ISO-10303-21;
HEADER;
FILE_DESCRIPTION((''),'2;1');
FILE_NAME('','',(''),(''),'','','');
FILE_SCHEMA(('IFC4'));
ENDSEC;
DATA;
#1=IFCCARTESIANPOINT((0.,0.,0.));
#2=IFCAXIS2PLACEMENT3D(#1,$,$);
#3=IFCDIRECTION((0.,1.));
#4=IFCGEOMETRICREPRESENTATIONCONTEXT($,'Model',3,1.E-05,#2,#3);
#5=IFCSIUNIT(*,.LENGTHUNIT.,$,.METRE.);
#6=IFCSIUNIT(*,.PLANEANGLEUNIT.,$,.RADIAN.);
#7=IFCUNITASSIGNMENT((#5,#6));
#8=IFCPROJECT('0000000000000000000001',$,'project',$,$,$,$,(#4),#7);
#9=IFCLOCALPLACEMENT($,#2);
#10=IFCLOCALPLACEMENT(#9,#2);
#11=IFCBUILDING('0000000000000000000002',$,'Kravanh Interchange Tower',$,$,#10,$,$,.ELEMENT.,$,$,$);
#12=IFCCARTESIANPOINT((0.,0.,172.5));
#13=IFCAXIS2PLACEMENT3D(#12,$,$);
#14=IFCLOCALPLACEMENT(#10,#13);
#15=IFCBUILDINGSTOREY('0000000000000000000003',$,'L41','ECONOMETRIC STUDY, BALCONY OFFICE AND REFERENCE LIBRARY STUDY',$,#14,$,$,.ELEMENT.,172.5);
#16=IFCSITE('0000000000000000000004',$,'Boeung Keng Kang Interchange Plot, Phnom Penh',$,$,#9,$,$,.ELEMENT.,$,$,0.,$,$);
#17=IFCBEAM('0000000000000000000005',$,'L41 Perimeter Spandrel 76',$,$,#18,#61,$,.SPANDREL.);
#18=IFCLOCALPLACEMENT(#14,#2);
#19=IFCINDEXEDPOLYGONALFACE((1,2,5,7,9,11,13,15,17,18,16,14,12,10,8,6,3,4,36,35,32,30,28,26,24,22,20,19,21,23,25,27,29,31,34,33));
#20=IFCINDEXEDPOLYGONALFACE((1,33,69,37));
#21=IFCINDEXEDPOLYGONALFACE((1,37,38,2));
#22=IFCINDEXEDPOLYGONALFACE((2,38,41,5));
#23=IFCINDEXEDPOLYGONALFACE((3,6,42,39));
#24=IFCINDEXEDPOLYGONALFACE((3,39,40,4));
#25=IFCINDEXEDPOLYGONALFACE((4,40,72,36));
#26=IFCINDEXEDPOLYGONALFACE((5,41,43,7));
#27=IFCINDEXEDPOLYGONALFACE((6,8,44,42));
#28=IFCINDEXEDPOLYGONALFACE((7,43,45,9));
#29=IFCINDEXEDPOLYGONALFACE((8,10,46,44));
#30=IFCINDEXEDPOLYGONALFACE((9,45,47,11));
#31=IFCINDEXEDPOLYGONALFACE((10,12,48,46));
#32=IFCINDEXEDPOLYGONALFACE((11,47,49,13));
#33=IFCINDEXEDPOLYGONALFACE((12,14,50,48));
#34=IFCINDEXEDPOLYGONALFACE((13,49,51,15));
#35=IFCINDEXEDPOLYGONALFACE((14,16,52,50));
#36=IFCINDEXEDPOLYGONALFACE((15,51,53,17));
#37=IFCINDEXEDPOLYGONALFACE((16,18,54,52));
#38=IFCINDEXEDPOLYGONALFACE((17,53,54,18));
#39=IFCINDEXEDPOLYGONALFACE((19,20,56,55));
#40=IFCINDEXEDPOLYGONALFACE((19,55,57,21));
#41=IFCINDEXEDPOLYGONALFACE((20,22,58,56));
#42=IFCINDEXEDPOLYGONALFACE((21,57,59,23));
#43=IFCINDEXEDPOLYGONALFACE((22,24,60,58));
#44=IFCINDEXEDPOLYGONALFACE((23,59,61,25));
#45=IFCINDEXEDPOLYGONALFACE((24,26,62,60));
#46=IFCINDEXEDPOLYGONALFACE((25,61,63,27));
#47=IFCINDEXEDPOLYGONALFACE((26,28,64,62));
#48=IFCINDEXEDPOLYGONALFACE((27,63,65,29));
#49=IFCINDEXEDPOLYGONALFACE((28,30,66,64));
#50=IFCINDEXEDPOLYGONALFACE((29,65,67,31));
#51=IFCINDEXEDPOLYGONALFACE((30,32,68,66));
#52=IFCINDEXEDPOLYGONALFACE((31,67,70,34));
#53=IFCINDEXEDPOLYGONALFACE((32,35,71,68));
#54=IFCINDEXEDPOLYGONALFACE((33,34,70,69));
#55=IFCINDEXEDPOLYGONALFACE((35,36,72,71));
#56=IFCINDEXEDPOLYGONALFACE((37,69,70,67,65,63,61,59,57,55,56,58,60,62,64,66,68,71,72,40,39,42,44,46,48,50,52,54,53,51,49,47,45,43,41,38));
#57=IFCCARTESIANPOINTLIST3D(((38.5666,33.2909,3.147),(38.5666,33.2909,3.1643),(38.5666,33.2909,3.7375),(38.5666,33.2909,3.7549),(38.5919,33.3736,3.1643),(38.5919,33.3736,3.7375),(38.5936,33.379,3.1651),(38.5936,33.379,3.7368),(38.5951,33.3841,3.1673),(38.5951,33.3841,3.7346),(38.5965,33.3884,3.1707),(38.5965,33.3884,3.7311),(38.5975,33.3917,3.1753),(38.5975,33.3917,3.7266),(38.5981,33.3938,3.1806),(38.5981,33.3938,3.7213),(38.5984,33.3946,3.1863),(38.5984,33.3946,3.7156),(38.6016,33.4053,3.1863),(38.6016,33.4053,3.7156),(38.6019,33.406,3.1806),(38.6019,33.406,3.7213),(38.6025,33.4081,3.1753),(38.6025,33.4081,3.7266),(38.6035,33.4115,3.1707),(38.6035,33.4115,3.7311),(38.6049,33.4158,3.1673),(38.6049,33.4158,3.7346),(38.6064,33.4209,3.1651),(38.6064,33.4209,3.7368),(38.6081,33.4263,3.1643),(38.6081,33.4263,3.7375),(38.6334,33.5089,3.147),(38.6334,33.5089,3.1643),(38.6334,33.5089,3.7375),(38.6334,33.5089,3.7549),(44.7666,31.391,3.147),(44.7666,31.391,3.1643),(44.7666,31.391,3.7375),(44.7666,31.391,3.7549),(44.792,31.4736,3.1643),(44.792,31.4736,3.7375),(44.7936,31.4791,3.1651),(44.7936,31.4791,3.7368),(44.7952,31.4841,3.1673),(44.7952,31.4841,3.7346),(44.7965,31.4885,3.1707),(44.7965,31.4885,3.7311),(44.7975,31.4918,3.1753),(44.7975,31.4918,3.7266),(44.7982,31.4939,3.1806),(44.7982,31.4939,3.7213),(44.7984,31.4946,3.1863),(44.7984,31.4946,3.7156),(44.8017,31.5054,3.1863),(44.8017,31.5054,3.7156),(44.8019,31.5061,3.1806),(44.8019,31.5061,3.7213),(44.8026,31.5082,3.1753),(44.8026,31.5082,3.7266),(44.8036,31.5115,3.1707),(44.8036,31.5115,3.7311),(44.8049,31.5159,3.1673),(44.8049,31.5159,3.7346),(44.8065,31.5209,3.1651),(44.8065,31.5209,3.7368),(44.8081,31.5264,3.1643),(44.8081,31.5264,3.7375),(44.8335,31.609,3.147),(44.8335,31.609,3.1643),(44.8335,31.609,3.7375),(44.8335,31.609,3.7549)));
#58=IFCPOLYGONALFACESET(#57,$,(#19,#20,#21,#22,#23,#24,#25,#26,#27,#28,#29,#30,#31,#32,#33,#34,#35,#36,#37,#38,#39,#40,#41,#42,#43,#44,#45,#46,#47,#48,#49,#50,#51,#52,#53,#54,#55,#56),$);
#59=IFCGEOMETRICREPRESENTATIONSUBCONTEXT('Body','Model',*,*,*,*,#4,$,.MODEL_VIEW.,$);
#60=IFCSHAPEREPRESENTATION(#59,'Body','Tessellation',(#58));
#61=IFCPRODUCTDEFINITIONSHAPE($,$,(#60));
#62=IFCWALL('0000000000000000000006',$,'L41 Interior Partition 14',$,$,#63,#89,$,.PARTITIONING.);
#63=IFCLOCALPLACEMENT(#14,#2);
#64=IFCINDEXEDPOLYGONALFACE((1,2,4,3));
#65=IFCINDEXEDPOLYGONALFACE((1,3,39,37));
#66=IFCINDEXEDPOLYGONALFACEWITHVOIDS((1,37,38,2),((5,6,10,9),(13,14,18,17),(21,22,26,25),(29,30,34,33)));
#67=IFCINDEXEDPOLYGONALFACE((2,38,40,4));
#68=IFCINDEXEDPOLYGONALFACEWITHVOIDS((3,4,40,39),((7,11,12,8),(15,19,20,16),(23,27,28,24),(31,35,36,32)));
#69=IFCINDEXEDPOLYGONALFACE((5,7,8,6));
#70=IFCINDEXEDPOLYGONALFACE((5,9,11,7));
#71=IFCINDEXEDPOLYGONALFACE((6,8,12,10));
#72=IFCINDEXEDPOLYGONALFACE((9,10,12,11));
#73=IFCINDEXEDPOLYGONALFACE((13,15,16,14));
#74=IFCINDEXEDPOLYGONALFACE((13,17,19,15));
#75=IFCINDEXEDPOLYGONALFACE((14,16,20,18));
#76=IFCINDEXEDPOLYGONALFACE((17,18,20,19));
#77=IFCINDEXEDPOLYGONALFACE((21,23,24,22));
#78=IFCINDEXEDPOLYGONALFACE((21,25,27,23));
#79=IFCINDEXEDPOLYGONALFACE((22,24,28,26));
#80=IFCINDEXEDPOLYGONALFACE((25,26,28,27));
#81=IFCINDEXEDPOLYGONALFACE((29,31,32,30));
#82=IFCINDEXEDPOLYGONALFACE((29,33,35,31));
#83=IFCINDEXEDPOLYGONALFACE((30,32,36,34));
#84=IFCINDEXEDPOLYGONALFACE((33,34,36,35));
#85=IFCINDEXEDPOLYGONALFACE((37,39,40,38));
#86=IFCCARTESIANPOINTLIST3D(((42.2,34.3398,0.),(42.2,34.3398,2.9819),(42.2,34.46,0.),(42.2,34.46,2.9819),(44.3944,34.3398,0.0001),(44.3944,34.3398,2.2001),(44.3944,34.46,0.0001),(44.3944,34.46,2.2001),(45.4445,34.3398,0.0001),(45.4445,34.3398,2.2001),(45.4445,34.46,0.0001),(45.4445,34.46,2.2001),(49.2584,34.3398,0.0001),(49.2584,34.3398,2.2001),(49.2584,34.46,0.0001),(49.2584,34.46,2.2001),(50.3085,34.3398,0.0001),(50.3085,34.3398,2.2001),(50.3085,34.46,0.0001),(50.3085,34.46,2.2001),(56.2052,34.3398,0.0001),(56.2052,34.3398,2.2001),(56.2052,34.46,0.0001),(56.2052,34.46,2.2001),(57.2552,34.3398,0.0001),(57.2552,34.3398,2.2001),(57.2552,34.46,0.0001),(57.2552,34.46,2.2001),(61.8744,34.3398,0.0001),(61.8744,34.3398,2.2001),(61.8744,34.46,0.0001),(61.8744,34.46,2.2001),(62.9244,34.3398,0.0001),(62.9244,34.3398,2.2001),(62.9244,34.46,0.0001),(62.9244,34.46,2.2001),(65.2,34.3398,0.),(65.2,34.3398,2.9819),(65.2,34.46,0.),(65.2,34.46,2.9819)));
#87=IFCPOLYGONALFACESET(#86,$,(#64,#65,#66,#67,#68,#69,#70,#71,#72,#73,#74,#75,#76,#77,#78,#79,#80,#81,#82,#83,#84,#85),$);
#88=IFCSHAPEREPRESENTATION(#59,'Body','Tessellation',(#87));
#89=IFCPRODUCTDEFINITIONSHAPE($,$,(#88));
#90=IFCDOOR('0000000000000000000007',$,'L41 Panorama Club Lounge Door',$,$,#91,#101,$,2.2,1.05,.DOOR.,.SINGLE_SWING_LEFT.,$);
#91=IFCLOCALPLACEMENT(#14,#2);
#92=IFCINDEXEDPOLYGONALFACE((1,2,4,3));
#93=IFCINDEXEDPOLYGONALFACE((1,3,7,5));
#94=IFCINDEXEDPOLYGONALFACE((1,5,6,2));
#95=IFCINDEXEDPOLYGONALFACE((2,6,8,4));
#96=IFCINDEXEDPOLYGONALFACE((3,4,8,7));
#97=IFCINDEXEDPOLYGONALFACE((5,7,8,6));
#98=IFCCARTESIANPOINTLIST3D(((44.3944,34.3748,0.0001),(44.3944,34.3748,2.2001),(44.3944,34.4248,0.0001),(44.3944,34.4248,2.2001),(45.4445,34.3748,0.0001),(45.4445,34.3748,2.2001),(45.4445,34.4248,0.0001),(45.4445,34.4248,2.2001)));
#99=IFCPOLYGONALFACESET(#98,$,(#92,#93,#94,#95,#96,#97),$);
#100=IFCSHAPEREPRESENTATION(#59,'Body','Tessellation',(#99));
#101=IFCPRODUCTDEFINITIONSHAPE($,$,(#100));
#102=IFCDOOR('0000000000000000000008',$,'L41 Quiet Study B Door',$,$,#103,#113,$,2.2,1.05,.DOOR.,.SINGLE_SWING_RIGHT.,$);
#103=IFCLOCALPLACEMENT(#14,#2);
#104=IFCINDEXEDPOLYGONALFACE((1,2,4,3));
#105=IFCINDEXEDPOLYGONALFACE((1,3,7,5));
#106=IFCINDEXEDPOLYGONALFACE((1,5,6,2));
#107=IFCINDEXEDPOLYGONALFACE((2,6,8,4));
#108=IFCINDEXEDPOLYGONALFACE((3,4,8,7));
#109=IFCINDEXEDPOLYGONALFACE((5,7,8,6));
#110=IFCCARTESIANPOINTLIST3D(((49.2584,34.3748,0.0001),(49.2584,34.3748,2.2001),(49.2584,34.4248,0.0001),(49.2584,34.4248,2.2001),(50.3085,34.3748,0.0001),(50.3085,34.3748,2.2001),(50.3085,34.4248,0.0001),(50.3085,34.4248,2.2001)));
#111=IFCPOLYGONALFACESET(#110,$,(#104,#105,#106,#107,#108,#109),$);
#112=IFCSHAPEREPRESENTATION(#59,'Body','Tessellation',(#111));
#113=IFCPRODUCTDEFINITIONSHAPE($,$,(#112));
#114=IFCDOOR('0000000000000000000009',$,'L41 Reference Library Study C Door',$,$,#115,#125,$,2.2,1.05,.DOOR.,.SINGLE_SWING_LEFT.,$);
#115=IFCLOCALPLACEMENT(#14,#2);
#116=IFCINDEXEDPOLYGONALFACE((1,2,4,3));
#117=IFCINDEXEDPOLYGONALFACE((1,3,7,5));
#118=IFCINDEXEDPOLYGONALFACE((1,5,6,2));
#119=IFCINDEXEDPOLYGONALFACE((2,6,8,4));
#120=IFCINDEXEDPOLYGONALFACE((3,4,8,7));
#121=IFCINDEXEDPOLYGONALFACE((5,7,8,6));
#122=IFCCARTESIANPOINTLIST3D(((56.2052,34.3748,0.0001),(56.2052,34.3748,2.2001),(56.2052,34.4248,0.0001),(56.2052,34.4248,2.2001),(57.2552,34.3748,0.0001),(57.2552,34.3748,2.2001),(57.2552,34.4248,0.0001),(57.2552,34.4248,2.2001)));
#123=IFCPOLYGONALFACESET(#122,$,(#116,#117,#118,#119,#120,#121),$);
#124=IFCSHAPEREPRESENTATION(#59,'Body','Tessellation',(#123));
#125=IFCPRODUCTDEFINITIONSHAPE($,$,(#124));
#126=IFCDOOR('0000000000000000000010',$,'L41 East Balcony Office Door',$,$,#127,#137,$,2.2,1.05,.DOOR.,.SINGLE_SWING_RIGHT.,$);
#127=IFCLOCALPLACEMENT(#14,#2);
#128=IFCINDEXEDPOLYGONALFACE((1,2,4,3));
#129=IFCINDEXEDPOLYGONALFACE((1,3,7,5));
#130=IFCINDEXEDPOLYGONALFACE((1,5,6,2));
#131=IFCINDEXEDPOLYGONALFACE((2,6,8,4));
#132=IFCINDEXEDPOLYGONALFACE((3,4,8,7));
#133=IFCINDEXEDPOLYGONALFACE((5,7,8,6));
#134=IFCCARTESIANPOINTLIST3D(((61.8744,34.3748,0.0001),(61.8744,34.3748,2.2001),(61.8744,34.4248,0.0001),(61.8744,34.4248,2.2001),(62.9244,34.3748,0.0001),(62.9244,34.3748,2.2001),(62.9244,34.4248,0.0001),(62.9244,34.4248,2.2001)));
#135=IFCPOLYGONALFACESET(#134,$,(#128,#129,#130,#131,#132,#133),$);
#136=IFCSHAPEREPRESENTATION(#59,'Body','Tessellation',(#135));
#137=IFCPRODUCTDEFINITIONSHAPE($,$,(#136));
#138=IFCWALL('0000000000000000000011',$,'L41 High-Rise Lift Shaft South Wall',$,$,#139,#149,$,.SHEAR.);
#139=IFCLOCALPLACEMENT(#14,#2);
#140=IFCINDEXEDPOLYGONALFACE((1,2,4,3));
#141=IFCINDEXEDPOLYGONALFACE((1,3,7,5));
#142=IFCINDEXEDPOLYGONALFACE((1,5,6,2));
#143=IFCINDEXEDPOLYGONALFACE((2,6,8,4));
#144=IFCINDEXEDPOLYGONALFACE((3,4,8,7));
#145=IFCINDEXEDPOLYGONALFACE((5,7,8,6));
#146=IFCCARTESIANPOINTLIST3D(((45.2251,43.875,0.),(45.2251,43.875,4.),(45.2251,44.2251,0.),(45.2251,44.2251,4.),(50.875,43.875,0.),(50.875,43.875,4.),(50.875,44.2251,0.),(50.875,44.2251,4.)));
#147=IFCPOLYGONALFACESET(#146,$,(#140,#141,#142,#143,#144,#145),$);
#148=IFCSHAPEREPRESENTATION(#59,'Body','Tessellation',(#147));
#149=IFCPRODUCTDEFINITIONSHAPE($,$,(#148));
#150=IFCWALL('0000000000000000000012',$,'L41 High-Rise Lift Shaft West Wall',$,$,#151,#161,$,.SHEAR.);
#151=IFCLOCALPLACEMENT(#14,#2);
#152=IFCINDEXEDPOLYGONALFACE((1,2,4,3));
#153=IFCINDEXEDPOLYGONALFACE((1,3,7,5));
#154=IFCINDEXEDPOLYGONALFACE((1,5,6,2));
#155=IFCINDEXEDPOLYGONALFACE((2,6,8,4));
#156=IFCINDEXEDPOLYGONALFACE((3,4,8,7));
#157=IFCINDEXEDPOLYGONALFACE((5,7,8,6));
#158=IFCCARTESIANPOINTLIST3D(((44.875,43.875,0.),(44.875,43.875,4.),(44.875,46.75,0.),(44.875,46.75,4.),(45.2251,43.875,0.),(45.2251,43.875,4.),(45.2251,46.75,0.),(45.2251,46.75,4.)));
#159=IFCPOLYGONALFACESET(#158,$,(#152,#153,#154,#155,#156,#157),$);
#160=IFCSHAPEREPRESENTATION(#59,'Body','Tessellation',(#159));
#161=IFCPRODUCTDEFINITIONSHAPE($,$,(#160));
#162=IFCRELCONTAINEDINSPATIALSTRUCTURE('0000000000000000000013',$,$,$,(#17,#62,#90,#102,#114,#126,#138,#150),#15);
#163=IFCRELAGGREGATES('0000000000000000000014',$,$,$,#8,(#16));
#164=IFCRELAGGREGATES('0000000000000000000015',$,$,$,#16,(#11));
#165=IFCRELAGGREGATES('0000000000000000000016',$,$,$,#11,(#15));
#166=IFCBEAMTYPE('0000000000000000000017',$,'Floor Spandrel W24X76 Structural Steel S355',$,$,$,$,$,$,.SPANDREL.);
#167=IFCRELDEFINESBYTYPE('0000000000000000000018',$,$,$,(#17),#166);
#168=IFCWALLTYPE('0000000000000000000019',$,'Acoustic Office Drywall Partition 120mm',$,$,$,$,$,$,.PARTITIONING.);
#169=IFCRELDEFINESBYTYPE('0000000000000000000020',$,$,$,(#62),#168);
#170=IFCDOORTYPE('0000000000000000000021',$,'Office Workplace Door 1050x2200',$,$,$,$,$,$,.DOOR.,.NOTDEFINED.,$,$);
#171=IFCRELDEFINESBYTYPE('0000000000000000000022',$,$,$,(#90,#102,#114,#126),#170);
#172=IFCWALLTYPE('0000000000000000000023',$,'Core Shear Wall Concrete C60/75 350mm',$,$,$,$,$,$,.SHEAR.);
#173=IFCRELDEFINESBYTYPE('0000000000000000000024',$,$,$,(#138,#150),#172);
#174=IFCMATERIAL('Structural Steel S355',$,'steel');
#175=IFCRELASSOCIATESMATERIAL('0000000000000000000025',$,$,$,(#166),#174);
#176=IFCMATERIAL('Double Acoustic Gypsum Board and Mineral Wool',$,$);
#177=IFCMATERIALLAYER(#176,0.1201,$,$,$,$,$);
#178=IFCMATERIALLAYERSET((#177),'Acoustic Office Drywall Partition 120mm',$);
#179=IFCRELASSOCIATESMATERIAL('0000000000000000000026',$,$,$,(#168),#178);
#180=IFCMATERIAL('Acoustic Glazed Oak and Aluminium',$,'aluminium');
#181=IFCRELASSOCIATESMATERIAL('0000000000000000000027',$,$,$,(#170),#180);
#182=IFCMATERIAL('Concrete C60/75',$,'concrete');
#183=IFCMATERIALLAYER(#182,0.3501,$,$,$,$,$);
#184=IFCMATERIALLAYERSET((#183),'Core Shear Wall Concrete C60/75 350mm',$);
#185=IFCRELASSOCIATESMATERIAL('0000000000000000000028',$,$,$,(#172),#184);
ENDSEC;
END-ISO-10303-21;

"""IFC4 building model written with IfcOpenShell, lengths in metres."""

from ifc_helpers import new_model, si_unit, direction, frame, frame_2d, origin, origin_2d, place, context, subcontext, project, spatial, rectangle, i_section, extrude, material, layer, layer_set, material_profile, profile_set, type_object, element, fill, save


model = new_model("IFC4")

# Units and contexts
model_context = context("Model", 3, precision=1e-05, world=origin(), true_north=direction((0.0, 1.0)))
body_context = subcontext(model_context, "Body", "Model", "MODEL_VIEW")
ifc_project = project(units=[si_unit("LENGTHUNIT", "METRE"), si_unit("PLANEANGLEUNIT", "RADIAN")], contexts=[model_context])

# Site, building, storey
site_placement = place(None, origin())
site = spatial("IfcSite", under=ifc_project, at=site_placement, Name="Boeung Keng Kang Interchange Plot, Phnom Penh", CompositionType="ELEMENT", RefElevation=0.0)
building_placement = place(site_placement, origin())
building = spatial("IfcBuilding", under=site, at=building_placement, Name="Kravanh Interchange Tower", CompositionType="ELEMENT")
storey_placement = place(building_placement, frame((0.0, 0.0, 172.5)))
storey = spatial("IfcBuildingStorey", under=building, at=storey_placement, Name="L41", Description="ECONOMETRIC STUDY, BALCONY OFFICE AND REFERENCE LIBRARY STUDY", CompositionType="ELEMENT", Elevation=172.5)

# Beam
ifc_material_1 = material(Name="Structural Steel S355", Category="steel")
ifc_material_profile_1 = material_profile(ifc_material_1, i_section(OverallWidth=0.228, OverallDepth=0.6079, WebThickness=0.0112, FlangeThickness=0.0173, FilletRadius=0.022, at=origin_2d()), Name="W24X76")
ifc_profile_set_1 = profile_set([ifc_material_profile_1], Name="Structural Steel S355")
beam_type_1 = type_object("IfcBeamType", Name="Floor Spandrel W24X76 Structural Steel S355", PredefinedType="SPANDREL", material=ifc_profile_set_1)
beam_1_placement = place(storey_placement, frame((44.8, 31.5, 3.4509), z_axis=(-0.956115, 0.29299, 0.0), x_axis=(-0.29299, -0.956115, 0.0)))
element("IfcBeam", 1, at=beam_1_placement, inside=storey, type_object=beam_type_1, Name="L41 Perimeter Spandrel 76", PredefinedType="SPANDREL", context=body_context, shape_type="SweptSolid", body=[
    extrude(i_section(OverallWidth=0.228, OverallDepth=0.6079, WebThickness=0.0112, FlangeThickness=0.0173, FilletRadius=0.022, at=origin_2d()), origin(), (0.0, 0.0, 1.0), 6.4846),
])

# Wall, openings, doors
ifc_material_2 = material(Name="Double Acoustic Gypsum Board and Mineral Wool")
ifc_layer_1 = layer(ifc_material_2, 0.1201)
ifc_layer_set_1 = layer_set([ifc_layer_1], Name="Acoustic Office Drywall Partition 120mm")
wall_type_1 = type_object("IfcWallType", Name="Acoustic Office Drywall Partition 120mm", PredefinedType="PARTITIONING", material=ifc_layer_set_1)
wall_1_placement = place(storey_placement, frame((42.2, 34.3999, 0.0), z_axis=(0.0, 0.0, 1.0), x_axis=(1.0, 0.0, 0.0)))
wall_1 = element("IfcWall", 2, at=wall_1_placement, inside=storey, type_object=wall_type_1, Name="L41 Interior Partition 14", PredefinedType="PARTITIONING", context=body_context, shape_type="SweptSolid", body=[
    extrude(rectangle(XDim=23.0, YDim=0.1201, at=frame_2d((11.5, 0.0))), origin(), (0.0, 0.0, 1.0), 2.9819),
])
opening_1_placement = place(wall_1_placement, frame((2.1946, 0.0, 0.0)))
opening_1 = element("IfcOpeningElement", 3, at=opening_1_placement, cuts=wall_1, PredefinedType="OPENING", context=body_context, shape_type="SweptSolid", body=[
    extrude(rectangle(XDim=1.05, YDim=2.2, at=frame_2d((0.5249, 1.1001))), frame((0.0, 0.0701, 0.0), z_axis=(0.0, -1.0, 0.0), x_axis=(1.0, 0.0, 0.0)), (0.0, 0.0, 1.0), 0.1401),
])
opening_2_placement = place(wall_1_placement, frame((7.0586, 0.0, 0.0)))
opening_2 = element("IfcOpeningElement", 4, at=opening_2_placement, cuts=wall_1, PredefinedType="OPENING", context=body_context, shape_type="SweptSolid", body=[
    extrude(rectangle(XDim=1.05, YDim=2.2, at=frame_2d((0.5249, 1.1001))), frame((0.0, 0.0701, 0.0), z_axis=(0.0, -1.0, 0.0), x_axis=(1.0, 0.0, 0.0)), (0.0, 0.0, 1.0), 0.1401),
])
opening_3_placement = place(wall_1_placement, frame((14.0054, 0.0, 0.0)))
opening_3 = element("IfcOpeningElement", 5, at=opening_3_placement, cuts=wall_1, PredefinedType="OPENING", context=body_context, shape_type="SweptSolid", body=[
    extrude(rectangle(XDim=1.05, YDim=2.2, at=frame_2d((0.5249, 1.1001))), frame((0.0, 0.0701, 0.0), z_axis=(0.0, -1.0, 0.0), x_axis=(1.0, 0.0, 0.0)), (0.0, 0.0, 1.0), 0.1401),
])
opening_4_placement = place(wall_1_placement, frame((19.6746, 0.0, 0.0)))
opening_4 = element("IfcOpeningElement", 6, at=opening_4_placement, cuts=wall_1, PredefinedType="OPENING", context=body_context, shape_type="SweptSolid", body=[
    extrude(rectangle(XDim=1.05, YDim=2.2, at=frame_2d((0.5249, 1.1001))), frame((0.0, 0.0701, 0.0), z_axis=(0.0, -1.0, 0.0), x_axis=(1.0, 0.0, 0.0)), (0.0, 0.0, 1.0), 0.1401),
])
ifc_material_3 = material(Name="Acoustic Glazed Oak and Aluminium", Category="aluminium")
door_type_1 = type_object("IfcDoorType", Name="Office Workplace Door 1050x2200", OperationType="NOTDEFINED", PredefinedType="DOOR", material=ifc_material_3)
door_1_placement = place(opening_1_placement, origin())
door_1 = element("IfcDoor", 7, at=door_1_placement, inside=storey, type_object=door_type_1, Name="L41 Panorama Club Lounge Door", OperationType="SINGLE_SWING_LEFT", OverallHeight=2.2, OverallWidth=1.05, PredefinedType="DOOR", context=body_context, shape_type="SweptSolid", body=[
    extrude(rectangle(XDim=1.05, YDim=2.2, at=frame_2d((0.5249, 1.1001))), frame((0.0, 0.0249, 0.0), z_axis=(0.0, -1.0, 0.0), x_axis=(1.0, 0.0, 0.0)), (0.0, 0.0, 1.0), 0.05),
])
fill(opening_1, door_1)
door_2_placement = place(opening_2_placement, origin())
door_2 = element("IfcDoor", 8, at=door_2_placement, inside=storey, type_object=door_type_1, Name="L41 Quiet Study B Door", OperationType="SINGLE_SWING_RIGHT", OverallHeight=2.2, OverallWidth=1.05, PredefinedType="DOOR", context=body_context, shape_type="SweptSolid", body=[
    extrude(rectangle(XDim=1.05, YDim=2.2, at=frame_2d((0.5249, 1.1001))), frame((0.0, 0.0249, 0.0), z_axis=(0.0, -1.0, 0.0), x_axis=(1.0, 0.0, 0.0)), (0.0, 0.0, 1.0), 0.05),
])
fill(opening_2, door_2)
door_3_placement = place(opening_3_placement, origin())
door_3 = element("IfcDoor", 9, at=door_3_placement, inside=storey, type_object=door_type_1, Name="L41 Reference Library Study C Door", OperationType="SINGLE_SWING_LEFT", OverallHeight=2.2, OverallWidth=1.05, PredefinedType="DOOR", context=body_context, shape_type="SweptSolid", body=[
    extrude(rectangle(XDim=1.05, YDim=2.2, at=frame_2d((0.5249, 1.1001))), frame((0.0, 0.0249, 0.0), z_axis=(0.0, -1.0, 0.0), x_axis=(1.0, 0.0, 0.0)), (0.0, 0.0, 1.0), 0.05),
])
fill(opening_3, door_3)
door_4_placement = place(opening_4_placement, origin())
door_4 = element("IfcDoor", 10, at=door_4_placement, inside=storey, type_object=door_type_1, Name="L41 East Balcony Office Door", OperationType="SINGLE_SWING_RIGHT", OverallHeight=2.2, OverallWidth=1.05, PredefinedType="DOOR", context=body_context, shape_type="SweptSolid", body=[
    extrude(rectangle(XDim=1.05, YDim=2.2, at=frame_2d((0.5249, 1.1001))), frame((0.0, 0.0249, 0.0), z_axis=(0.0, -1.0, 0.0), x_axis=(1.0, 0.0, 0.0)), (0.0, 0.0, 1.0), 0.05),
])
fill(opening_4, door_4)

# Walls
ifc_material_4 = material(Name="Concrete C60/75", Category="concrete")
ifc_layer_2 = layer(ifc_material_4, 0.3501)
ifc_layer_set_2 = layer_set([ifc_layer_2], Name="Core Shear Wall Concrete C60/75 350mm")
wall_type_2 = type_object("IfcWallType", Name="Core Shear Wall Concrete C60/75 350mm", PredefinedType="SHEAR", material=ifc_layer_set_2)
wall_2_placement = place(storey_placement, frame((45.2251, 44.05, 0.0), z_axis=(0.0, 0.0, 1.0), x_axis=(1.0, 0.0, 0.0)))
element("IfcWall", 11, at=wall_2_placement, inside=storey, type_object=wall_type_2, Name="L41 High-Rise Lift Shaft South Wall", PredefinedType="SHEAR", context=body_context, shape_type="SweptSolid", body=[
    extrude(rectangle(XDim=5.6499, YDim=0.3501, at=frame_2d((2.825, 0.0))), origin(), (0.0, 0.0, 1.0), 4.0),
])
wall_3_placement = place(storey_placement, frame((45.05, 43.875, 0.0), z_axis=(0.0, 0.0, 1.0), x_axis=(0.0, 1.0, 0.0)))
element("IfcWall", 12, at=wall_3_placement, inside=storey, type_object=wall_type_2, Name="L41 High-Rise Lift Shaft West Wall", PredefinedType="SHEAR", context=body_context, shape_type="SweptSolid", body=[
    extrude(rectangle(XDim=2.875, YDim=0.3501, at=frame_2d((1.4375, 0.0))), origin(), (0.0, 0.0, 1.0), 4.0),
])

save(model, "model.ifc")
